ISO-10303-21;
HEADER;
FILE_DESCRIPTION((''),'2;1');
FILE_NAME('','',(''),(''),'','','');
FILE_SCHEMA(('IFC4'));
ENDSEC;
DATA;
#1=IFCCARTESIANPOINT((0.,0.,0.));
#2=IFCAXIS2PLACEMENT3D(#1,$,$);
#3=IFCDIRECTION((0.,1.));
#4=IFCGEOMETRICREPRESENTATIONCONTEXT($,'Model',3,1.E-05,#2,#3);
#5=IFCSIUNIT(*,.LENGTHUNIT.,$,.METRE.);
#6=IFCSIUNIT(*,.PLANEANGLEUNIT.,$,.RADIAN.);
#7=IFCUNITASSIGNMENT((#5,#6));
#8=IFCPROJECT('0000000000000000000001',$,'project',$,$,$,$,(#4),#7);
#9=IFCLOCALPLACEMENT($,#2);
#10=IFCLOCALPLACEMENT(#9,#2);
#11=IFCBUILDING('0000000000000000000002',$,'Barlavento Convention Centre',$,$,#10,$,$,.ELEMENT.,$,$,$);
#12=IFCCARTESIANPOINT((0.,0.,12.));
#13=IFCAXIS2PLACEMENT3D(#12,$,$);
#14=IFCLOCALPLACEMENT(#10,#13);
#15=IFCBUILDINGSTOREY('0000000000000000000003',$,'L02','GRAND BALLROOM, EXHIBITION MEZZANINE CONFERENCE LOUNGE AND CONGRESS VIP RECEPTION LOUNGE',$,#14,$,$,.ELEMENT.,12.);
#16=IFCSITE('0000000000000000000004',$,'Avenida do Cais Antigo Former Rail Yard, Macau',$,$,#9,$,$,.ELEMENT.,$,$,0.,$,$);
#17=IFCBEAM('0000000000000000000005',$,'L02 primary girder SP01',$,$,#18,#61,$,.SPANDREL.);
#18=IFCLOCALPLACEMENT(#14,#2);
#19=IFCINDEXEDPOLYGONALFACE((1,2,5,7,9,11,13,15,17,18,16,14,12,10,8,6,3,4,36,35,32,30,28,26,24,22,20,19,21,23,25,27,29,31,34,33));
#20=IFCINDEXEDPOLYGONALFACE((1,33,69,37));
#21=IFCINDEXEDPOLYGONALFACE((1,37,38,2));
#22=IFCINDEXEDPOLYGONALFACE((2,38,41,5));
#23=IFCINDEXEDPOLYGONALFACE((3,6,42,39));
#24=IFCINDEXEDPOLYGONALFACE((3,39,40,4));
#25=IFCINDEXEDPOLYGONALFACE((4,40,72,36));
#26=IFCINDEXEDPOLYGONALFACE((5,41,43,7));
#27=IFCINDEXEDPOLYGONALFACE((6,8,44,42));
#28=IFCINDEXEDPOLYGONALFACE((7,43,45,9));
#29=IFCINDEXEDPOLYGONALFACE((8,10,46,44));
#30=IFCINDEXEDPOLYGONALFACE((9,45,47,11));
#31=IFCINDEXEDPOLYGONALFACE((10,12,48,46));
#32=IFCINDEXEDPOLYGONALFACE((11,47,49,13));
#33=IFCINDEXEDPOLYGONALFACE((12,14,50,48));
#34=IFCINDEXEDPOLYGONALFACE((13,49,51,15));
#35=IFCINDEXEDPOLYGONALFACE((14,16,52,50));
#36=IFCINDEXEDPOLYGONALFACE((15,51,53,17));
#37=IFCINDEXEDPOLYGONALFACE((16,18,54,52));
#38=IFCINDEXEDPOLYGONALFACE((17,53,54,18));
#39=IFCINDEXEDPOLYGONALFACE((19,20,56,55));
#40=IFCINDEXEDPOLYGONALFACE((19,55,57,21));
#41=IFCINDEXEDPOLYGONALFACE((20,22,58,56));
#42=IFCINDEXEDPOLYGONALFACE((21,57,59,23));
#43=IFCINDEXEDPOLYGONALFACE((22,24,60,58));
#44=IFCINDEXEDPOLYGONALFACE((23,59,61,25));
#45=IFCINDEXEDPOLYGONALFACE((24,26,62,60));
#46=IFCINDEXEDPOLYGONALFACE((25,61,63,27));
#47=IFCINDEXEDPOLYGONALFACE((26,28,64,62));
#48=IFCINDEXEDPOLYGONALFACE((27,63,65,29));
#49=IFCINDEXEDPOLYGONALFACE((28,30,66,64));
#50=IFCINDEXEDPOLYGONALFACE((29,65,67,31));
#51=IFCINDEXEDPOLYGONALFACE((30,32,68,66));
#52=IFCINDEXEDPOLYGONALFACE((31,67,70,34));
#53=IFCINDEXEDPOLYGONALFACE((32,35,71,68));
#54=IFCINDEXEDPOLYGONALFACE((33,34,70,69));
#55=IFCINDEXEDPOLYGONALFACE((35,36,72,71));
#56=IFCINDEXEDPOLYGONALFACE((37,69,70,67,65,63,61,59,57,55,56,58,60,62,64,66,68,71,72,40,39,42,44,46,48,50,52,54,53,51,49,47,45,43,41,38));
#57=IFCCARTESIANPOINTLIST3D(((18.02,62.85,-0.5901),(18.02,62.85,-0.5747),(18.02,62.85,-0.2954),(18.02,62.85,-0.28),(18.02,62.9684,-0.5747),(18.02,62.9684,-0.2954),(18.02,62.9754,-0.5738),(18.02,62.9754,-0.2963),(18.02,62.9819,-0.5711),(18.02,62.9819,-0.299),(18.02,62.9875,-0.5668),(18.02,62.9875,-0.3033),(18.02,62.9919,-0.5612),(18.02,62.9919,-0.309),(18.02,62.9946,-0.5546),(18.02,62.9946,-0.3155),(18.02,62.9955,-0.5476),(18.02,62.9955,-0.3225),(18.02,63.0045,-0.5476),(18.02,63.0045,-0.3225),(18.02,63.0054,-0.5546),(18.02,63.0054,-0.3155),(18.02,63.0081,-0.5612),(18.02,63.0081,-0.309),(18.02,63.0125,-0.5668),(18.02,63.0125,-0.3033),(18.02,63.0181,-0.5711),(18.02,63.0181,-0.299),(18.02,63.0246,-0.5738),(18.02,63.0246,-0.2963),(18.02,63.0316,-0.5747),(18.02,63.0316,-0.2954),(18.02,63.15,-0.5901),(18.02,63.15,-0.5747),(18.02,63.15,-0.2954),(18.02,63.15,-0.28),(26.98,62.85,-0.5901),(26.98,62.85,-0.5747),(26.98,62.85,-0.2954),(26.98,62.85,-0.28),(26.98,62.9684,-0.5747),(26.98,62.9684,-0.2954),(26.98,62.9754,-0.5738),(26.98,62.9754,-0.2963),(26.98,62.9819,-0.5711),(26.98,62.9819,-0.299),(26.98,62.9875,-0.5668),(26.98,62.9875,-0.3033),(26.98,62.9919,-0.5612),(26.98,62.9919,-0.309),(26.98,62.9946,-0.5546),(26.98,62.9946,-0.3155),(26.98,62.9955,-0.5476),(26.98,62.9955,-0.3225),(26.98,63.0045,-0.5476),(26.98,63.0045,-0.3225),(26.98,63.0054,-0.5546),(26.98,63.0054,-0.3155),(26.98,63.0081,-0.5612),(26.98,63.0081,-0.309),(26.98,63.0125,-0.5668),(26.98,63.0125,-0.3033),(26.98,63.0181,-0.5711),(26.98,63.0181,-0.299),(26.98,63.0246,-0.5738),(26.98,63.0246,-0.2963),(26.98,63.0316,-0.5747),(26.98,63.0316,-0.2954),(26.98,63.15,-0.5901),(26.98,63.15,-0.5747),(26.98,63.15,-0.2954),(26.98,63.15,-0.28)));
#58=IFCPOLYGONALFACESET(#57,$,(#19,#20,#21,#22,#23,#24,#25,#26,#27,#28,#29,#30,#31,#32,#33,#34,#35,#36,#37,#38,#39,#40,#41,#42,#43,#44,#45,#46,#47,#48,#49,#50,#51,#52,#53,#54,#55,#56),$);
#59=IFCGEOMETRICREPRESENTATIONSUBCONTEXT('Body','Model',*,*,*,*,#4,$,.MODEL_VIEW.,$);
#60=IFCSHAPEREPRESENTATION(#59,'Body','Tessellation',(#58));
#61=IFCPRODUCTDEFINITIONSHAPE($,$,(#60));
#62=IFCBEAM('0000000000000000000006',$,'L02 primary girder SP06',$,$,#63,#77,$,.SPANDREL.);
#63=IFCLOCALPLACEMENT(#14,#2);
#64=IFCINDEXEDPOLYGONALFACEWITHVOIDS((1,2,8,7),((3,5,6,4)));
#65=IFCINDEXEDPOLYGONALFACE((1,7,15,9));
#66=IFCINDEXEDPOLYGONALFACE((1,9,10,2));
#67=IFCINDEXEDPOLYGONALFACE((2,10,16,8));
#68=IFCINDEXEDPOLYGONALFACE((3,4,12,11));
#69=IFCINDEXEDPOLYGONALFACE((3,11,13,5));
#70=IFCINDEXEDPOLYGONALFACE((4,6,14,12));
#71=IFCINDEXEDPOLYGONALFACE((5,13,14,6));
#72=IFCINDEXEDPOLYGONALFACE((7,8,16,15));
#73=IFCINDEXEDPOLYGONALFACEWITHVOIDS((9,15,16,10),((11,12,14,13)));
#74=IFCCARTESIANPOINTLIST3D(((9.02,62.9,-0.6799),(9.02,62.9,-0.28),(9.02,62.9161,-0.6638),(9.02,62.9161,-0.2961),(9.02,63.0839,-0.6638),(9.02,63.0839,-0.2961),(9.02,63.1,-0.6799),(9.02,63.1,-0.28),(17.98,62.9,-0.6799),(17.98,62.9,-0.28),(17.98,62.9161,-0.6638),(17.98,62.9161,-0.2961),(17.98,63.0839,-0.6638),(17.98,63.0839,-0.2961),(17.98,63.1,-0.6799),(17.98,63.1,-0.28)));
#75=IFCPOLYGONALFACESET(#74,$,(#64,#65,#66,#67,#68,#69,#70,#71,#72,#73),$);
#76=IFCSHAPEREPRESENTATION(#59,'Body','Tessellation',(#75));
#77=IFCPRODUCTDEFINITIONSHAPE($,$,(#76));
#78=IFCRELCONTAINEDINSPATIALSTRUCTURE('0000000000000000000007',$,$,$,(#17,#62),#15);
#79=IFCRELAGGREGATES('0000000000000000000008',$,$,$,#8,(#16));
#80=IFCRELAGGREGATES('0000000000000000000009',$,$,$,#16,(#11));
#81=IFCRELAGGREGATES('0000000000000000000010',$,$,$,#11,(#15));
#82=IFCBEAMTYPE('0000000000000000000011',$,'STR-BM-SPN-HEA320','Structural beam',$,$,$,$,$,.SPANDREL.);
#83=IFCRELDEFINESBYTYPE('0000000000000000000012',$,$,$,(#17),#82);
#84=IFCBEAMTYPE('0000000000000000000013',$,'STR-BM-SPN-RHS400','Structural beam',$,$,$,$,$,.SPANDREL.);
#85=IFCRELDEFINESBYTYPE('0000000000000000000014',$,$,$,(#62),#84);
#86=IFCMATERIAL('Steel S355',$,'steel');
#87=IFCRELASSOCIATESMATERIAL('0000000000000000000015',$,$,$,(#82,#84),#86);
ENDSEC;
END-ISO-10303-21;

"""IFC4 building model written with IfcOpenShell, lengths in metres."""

from ifc_helpers import new_model, si_unit, direction, frame, origin, origin_2d, place, context, subcontext, project, spatial, hollow_rectangle, i_section, extrude, material, material_profile, profile_set, type_object, element, save


model = new_model("IFC4")

# Units and contexts
model_context = context("Model", 3, precision=1e-05, world=origin(), true_north=direction((0.0, 1.0)))
body_context = subcontext(model_context, "Body", "Model", "MODEL_VIEW")
ifc_project = project(units=[si_unit("LENGTHUNIT", "METRE"), si_unit("PLANEANGLEUNIT", "RADIAN")], contexts=[model_context])

# Site, building, storey
site_placement = place(None, origin())
site = spatial("IfcSite", under=ifc_project, at=site_placement, Name="Avenida do Cais Antigo Former Rail Yard, Macau", CompositionType="ELEMENT", RefElevation=0.0)
building_placement = place(site_placement, origin())
building = spatial("IfcBuilding", under=site, at=building_placement, Name="Barlavento Convention Centre", CompositionType="ELEMENT")
storey_placement = place(building_placement, frame((0.0, 0.0, 12.0)))
storey = spatial("IfcBuildingStorey", under=building, at=storey_placement, Name="L02", Description="GRAND BALLROOM, EXHIBITION MEZZANINE CONFERENCE LOUNGE AND CONGRESS VIP RECEPTION LOUNGE", CompositionType="ELEMENT", Elevation=12.0)

# Shared definitions
ifc_material_1 = material(Name="Steel S355", Category="steel")

# Beams
ifc_material_profile_1 = material_profile(ifc_material_1, i_section(OverallWidth=0.3, OverallDepth=0.3101, WebThickness=0.009, FlangeThickness=0.0154, FilletRadius=0.0271, at=origin_2d()), Name="HEA 320")
ifc_profile_set_1 = profile_set([ifc_material_profile_1], Name="Steel S355")
beam_type_1 = type_object("IfcBeamType", Name="STR-BM-SPN-HEA320", Description="Structural beam", PredefinedType="SPANDREL", material=ifc_profile_set_1)
beam_1_placement = place(storey_placement, frame((18.02, 63.0, -0.4351), z_axis=(1.0, 0.0, 0.0), x_axis=(0.0, 1.0, 0.0)))
element("IfcBeam", 1, at=beam_1_placement, inside=storey, type_object=beam_type_1, Name="L02 primary girder SP01", PredefinedType="SPANDREL", context=body_context, shape_type="SweptSolid", body=[
    extrude(i_section(OverallWidth=0.3, OverallDepth=0.3101, WebThickness=0.009, FlangeThickness=0.0154, FilletRadius=0.0271, at=origin_2d()), origin(), (0.0, 0.0, 1.0), 8.96),
])
ifc_material_profile_2 = material_profile(ifc_material_1, hollow_rectangle(XDim=0.2, YDim=0.3999, WallThickness=0.0161, at=origin_2d()), Name="RHS 400x200x16.0")
ifc_profile_set_2 = profile_set([ifc_material_profile_2], Name="Steel S355")
beam_type_2 = type_object("IfcBeamType", Name="STR-BM-SPN-RHS400", Description="Structural beam", PredefinedType="SPANDREL", material=ifc_profile_set_2)
beam_2_placement = place(storey_placement, frame((9.02, 63.0, -0.48), z_axis=(1.0, 0.0, 0.0), x_axis=(0.0, 1.0, 0.0)))
element("IfcBeam", 2, at=beam_2_placement, inside=storey, type_object=beam_type_2, Name="L02 primary girder SP06", PredefinedType="SPANDREL", context=body_context, shape_type="SweptSolid", body=[
    extrude(hollow_rectangle(XDim=0.2, YDim=0.3999, WallThickness=0.0161, at=origin_2d()), origin(), (0.0, 0.0, 1.0), 8.96),
])

save(model, "model.ifc")
